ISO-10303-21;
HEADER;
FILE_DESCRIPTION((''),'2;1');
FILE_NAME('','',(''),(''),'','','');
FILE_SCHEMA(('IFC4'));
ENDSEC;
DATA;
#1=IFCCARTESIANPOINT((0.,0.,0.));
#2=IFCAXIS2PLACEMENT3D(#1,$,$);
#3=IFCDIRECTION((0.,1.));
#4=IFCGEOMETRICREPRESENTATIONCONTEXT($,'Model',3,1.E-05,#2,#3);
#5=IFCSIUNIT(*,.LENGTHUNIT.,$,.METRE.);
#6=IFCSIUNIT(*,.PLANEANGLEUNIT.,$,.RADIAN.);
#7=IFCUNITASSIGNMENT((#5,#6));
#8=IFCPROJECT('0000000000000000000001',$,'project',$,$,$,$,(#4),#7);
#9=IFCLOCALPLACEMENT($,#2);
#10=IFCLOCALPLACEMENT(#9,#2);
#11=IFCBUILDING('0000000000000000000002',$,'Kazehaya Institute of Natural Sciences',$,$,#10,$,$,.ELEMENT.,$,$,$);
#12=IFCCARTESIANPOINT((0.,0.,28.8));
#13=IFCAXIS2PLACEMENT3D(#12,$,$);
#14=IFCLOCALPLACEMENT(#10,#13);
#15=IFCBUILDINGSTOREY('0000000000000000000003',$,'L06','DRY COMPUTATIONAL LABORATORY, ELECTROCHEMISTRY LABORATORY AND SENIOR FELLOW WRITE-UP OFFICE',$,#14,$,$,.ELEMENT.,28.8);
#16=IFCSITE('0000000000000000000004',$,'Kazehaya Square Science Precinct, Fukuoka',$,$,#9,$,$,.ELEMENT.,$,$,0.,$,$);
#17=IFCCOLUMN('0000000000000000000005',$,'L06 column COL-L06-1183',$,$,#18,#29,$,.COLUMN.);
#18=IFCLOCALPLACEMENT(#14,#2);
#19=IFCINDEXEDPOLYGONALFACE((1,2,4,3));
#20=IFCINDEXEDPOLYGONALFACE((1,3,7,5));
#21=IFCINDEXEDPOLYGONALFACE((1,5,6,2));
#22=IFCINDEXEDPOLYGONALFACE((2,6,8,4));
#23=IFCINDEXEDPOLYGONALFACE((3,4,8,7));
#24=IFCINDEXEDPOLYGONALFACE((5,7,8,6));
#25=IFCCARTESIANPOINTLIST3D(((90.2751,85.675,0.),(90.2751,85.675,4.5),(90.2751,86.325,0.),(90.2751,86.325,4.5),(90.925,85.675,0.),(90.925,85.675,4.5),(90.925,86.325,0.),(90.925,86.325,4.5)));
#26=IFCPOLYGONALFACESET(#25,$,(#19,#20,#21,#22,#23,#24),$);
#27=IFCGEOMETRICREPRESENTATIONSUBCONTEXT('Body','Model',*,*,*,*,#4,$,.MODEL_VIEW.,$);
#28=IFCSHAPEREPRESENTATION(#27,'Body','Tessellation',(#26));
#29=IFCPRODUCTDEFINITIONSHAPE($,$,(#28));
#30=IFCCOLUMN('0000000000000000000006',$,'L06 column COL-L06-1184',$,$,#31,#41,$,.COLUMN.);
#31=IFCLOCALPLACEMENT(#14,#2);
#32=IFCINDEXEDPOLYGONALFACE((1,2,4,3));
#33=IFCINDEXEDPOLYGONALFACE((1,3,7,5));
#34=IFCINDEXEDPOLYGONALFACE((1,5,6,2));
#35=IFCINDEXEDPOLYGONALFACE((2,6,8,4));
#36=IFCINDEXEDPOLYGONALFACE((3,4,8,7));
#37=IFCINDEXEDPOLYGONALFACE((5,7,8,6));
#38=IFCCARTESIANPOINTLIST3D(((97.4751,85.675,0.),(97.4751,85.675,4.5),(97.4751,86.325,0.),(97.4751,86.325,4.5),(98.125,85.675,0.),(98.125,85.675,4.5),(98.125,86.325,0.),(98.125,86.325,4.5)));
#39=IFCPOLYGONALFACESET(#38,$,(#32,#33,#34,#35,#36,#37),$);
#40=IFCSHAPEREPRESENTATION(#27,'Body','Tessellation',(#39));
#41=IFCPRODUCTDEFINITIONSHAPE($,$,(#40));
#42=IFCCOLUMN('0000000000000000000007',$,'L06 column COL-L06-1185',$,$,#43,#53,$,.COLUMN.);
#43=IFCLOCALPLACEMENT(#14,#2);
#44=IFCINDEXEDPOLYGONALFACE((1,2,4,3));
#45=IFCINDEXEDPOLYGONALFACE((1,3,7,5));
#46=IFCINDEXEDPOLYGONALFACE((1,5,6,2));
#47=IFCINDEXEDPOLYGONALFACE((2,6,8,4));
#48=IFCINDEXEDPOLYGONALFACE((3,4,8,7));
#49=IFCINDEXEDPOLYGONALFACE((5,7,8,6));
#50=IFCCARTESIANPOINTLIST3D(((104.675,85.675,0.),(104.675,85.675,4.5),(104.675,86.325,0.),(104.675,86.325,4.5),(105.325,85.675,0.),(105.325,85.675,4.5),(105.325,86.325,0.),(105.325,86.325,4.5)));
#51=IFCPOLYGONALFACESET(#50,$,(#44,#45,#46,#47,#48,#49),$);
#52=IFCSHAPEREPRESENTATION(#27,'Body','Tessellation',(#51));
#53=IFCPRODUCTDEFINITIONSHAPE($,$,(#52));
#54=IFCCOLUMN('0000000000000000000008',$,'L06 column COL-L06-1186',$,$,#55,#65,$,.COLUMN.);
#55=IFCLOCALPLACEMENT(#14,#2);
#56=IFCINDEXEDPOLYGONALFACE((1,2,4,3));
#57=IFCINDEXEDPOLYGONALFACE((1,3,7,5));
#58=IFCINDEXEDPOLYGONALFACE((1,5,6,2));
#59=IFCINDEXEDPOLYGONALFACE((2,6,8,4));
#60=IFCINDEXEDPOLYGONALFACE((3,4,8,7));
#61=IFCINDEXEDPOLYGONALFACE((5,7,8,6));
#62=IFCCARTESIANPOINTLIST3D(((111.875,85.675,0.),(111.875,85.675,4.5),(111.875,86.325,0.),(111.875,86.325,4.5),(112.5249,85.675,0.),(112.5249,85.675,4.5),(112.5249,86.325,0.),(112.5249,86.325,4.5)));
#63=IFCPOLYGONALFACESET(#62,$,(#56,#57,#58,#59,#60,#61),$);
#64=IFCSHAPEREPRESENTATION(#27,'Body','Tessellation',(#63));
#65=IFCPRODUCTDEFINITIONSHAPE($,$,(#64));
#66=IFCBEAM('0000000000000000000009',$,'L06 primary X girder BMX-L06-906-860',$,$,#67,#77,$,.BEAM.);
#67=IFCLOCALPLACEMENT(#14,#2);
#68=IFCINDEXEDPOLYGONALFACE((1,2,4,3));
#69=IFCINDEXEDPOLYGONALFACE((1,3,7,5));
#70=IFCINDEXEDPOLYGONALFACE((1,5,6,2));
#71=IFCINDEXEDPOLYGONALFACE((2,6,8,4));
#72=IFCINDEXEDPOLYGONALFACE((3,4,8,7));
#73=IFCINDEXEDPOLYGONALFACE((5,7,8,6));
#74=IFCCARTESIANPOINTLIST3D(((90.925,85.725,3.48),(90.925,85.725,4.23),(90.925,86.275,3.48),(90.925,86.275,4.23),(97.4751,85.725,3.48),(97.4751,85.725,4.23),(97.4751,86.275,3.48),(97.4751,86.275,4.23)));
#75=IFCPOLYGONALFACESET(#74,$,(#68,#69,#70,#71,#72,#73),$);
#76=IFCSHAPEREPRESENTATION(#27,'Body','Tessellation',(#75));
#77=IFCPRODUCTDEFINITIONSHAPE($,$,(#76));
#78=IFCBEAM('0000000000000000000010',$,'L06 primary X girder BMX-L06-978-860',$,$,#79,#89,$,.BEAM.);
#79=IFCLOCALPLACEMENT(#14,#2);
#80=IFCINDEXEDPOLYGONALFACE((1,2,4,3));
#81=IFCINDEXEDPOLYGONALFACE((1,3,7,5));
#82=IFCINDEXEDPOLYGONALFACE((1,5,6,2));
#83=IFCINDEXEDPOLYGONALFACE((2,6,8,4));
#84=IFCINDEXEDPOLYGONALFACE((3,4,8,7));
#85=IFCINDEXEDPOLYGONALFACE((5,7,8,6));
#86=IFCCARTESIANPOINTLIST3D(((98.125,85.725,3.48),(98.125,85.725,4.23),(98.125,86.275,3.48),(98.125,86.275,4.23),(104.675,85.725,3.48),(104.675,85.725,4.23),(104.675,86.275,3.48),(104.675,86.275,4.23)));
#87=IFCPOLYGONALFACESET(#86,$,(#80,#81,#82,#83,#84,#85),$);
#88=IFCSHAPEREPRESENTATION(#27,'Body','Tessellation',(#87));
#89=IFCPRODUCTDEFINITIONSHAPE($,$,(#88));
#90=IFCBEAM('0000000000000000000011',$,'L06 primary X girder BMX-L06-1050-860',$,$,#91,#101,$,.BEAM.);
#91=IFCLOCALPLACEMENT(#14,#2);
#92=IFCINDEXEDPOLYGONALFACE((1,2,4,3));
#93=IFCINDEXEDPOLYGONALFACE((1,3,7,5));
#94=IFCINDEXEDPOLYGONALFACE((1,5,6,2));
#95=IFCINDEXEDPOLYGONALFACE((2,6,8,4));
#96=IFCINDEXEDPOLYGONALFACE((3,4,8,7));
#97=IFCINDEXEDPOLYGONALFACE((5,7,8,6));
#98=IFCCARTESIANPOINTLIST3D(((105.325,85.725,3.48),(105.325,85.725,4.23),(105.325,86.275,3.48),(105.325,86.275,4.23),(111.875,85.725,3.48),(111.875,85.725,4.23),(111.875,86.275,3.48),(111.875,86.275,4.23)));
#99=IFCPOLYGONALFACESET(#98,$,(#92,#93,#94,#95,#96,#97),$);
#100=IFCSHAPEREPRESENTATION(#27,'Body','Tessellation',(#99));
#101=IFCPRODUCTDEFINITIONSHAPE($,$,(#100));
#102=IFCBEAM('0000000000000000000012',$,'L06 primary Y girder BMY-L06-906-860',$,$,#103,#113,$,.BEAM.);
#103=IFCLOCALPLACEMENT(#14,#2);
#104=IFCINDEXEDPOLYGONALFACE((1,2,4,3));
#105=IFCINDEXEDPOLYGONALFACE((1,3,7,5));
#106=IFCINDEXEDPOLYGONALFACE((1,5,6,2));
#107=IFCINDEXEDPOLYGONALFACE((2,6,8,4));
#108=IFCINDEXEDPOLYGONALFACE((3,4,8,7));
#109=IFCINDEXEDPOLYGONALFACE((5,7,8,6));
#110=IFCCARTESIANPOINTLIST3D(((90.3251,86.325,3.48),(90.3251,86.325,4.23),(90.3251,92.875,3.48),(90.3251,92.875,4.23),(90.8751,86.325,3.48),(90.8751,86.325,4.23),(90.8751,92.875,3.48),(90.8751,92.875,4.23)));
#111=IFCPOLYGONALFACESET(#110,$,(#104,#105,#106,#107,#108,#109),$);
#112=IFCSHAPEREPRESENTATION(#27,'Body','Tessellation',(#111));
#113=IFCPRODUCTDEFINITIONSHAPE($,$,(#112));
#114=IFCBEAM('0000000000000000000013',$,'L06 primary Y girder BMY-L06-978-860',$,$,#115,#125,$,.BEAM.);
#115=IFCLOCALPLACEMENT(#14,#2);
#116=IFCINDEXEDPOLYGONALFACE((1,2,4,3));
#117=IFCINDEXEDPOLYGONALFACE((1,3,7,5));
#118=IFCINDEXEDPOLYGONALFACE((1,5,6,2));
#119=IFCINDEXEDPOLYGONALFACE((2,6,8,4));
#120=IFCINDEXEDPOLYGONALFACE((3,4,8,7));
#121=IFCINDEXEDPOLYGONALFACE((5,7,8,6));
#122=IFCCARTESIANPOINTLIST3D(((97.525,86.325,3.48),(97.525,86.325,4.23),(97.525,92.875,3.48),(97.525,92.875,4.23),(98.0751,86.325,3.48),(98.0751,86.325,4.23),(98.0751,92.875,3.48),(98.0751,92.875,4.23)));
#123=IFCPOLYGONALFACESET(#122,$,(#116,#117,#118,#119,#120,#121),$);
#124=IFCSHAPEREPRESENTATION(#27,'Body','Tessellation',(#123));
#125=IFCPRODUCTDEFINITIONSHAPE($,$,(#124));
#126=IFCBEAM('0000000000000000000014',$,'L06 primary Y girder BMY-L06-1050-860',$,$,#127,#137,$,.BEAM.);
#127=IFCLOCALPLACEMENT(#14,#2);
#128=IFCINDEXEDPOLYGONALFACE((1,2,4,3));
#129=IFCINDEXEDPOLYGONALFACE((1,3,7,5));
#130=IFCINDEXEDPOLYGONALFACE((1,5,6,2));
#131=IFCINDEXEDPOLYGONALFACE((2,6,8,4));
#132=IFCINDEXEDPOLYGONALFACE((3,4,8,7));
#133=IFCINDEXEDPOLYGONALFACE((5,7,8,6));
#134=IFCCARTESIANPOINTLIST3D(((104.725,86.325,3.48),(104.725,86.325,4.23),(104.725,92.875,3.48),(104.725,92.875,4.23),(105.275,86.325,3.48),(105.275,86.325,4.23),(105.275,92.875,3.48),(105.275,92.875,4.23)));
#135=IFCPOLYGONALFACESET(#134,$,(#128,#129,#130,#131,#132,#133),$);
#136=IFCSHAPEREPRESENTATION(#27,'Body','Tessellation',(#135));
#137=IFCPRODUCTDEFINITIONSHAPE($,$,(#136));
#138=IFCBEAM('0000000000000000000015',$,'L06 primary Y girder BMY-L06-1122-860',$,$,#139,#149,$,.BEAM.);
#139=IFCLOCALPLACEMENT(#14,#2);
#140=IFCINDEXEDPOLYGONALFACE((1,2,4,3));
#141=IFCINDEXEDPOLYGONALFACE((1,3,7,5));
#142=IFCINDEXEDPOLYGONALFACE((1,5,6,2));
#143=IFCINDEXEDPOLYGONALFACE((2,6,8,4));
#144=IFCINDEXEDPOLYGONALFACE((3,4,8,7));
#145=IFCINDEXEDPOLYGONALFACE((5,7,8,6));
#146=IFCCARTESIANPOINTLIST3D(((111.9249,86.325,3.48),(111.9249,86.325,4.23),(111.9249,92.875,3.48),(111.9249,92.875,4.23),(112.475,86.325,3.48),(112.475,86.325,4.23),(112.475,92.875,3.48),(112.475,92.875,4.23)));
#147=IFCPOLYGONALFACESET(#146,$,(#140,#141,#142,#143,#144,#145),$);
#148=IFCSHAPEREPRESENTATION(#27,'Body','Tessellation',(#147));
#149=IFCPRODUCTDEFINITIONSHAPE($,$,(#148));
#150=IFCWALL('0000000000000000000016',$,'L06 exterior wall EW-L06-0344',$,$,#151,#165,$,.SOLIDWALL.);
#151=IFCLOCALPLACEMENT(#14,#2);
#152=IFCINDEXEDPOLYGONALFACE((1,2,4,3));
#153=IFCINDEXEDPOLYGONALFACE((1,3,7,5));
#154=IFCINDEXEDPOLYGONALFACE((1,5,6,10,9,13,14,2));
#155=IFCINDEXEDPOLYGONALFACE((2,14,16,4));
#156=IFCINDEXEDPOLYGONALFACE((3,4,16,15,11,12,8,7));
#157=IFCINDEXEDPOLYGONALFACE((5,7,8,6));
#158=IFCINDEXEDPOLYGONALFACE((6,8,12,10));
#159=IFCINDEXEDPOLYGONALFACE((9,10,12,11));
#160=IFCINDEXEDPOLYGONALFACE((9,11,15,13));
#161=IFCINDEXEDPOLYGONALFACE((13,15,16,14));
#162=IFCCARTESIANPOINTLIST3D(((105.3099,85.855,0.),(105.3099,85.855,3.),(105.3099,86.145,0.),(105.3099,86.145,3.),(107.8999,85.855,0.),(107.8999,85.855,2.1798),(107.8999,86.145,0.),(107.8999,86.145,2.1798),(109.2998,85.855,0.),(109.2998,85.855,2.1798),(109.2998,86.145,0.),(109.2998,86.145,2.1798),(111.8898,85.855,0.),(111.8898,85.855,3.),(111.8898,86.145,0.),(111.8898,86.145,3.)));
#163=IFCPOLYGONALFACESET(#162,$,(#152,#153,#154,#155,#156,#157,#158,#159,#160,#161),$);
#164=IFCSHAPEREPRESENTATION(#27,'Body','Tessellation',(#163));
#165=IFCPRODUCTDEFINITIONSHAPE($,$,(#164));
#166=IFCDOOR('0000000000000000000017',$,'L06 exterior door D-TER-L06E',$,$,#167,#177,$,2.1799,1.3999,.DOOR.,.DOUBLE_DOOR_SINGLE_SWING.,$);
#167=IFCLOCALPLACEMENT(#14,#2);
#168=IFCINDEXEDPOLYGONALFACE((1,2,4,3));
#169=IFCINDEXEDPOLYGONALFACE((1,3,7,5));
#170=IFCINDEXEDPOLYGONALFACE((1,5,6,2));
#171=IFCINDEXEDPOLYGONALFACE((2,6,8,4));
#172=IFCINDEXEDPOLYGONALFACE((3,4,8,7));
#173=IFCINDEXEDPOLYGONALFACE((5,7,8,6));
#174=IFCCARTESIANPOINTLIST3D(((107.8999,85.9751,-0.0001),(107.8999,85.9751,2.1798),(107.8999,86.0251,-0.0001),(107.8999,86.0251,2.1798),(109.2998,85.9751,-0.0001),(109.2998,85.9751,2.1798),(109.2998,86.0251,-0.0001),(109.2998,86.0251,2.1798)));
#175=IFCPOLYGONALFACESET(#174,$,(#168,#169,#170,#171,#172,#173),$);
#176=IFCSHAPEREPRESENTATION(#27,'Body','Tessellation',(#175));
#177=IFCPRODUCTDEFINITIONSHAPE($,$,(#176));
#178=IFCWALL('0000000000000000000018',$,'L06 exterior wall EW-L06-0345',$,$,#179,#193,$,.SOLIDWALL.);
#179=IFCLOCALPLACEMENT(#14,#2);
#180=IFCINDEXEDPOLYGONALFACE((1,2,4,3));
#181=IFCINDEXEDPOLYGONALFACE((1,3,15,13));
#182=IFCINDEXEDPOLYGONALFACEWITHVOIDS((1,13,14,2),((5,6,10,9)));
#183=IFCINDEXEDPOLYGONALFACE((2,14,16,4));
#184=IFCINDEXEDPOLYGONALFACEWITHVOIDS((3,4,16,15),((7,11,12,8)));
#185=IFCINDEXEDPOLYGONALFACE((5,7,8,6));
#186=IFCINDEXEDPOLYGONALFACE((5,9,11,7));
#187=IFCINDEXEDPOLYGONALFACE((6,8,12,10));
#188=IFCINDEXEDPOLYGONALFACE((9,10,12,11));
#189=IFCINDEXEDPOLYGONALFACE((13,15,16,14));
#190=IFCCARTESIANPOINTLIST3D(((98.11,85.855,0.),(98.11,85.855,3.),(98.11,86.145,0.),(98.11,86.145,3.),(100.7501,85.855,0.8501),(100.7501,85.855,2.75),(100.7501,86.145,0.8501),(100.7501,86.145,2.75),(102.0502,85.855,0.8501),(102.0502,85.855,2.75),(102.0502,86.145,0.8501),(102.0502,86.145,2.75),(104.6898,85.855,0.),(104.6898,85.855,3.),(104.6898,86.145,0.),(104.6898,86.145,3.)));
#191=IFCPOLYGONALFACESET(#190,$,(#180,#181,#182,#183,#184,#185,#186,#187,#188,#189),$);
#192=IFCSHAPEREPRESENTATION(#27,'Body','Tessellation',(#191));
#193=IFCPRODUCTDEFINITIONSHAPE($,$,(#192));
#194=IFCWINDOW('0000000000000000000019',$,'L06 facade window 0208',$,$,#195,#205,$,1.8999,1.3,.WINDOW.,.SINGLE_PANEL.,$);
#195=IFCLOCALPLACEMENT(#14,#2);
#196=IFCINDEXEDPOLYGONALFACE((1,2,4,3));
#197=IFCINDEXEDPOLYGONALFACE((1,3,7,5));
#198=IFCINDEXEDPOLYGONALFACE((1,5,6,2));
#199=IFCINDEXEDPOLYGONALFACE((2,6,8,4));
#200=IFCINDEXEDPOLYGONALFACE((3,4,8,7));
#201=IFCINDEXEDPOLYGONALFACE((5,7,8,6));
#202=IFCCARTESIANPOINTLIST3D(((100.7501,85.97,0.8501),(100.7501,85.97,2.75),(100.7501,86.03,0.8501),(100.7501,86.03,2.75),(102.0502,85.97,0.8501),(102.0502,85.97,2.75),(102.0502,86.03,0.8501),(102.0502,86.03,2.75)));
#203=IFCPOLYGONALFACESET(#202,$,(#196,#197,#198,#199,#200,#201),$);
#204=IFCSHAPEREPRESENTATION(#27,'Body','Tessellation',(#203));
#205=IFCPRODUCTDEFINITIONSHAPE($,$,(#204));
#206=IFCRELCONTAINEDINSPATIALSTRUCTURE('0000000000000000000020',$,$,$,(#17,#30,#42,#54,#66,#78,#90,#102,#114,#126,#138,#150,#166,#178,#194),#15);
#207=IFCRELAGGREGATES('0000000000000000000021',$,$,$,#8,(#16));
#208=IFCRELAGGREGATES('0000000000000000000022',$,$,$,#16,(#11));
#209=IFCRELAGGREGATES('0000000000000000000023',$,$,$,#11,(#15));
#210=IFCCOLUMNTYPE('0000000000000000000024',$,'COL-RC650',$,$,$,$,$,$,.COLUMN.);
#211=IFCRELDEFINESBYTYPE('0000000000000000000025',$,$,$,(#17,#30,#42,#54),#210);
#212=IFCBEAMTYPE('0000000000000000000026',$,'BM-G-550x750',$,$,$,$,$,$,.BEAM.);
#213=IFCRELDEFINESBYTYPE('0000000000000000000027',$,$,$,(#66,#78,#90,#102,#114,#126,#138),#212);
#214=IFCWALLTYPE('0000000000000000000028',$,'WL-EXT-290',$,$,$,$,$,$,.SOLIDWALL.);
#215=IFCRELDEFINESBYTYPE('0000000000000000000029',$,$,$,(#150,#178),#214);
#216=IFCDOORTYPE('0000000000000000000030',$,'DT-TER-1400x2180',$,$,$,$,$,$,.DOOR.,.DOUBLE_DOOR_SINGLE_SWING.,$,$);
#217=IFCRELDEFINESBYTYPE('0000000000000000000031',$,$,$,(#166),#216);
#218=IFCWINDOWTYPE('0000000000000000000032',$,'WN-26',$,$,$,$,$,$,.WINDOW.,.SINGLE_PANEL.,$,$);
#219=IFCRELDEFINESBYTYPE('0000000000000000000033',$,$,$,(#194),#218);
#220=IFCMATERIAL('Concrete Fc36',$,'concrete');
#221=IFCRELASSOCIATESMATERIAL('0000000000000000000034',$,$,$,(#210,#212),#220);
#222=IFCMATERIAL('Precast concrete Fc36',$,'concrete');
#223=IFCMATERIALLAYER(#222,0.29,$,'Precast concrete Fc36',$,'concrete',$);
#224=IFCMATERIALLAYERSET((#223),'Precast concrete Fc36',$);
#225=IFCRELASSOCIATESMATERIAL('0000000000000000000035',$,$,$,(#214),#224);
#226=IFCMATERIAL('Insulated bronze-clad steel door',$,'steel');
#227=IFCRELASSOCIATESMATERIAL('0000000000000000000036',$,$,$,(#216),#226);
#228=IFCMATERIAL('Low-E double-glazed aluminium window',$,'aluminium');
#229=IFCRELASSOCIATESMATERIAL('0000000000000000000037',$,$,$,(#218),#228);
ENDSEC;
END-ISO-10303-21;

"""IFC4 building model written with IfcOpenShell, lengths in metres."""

from ifc_helpers import new_model, si_unit, direction, frame, frame_2d, origin, origin_2d, place, context, subcontext, project, spatial, rectangle, extrude, material, layer, layer_set, material_profile, profile_set, type_object, element, fill, save


model = new_model("IFC4")

# Units and contexts
model_context = context("Model", 3, precision=1e-05, world=origin(), true_north=direction((0.0, 1.0)))
body_context = subcontext(model_context, "Body", "Model", "MODEL_VIEW")
ifc_project = project(units=[si_unit("LENGTHUNIT", "METRE"), si_unit("PLANEANGLEUNIT", "RADIAN")], contexts=[model_context])

# Site, building, storey
site_placement = place(None, origin())
site = spatial("IfcSite", under=ifc_project, at=site_placement, Name="Kazehaya Square Science Precinct, Fukuoka", CompositionType="ELEMENT", RefElevation=0.0)
building_placement = place(site_placement, origin())
building = spatial("IfcBuilding", under=site, at=building_placement, Name="Kazehaya Institute of Natural Sciences", CompositionType="ELEMENT")
storey_placement = place(building_placement, frame((0.0, 0.0, 28.8)))
storey = spatial("IfcBuildingStorey", under=building, at=storey_placement, Name="L06", Description="DRY COMPUTATIONAL LABORATORY, ELECTROCHEMISTRY LABORATORY AND SENIOR FELLOW WRITE-UP OFFICE", CompositionType="ELEMENT", Elevation=28.8)

# Columns
ifc_material_1 = material(Name="Concrete Fc36", Category="concrete")
ifc_material_profile_1 = material_profile(ifc_material_1, rectangle(XDim=0.6499, YDim=0.6499, at=origin_2d()), Name="RC-650x650")
ifc_profile_set_1 = profile_set([ifc_material_profile_1], Name="Concrete Fc36")
column_type = type_object("IfcColumnType", Name="COL-RC650", PredefinedType="COLUMN", material=ifc_profile_set_1)
for number, where, z_axis, x_axis, name in (
    (1, (90.6001, 86.0, 0.0), (0.0, 0.0, 1.0), (1.0, 0.0, 0.0), "L06 column COL-L06-1183"),
    (2, (97.8, 86.0, 0.0), (0.0, 0.0, 1.0), (1.0, 0.0, 0.0), "L06 column COL-L06-1184"),
    (3, (105.0, 86.0, 0.0), (0.0, 0.0, 1.0), (1.0, 0.0, 0.0), "L06 column COL-L06-1185"),
    (4, (112.2, 86.0, 0.0), (0.0, 0.0, 1.0), (1.0, 0.0, 0.0), "L06 column COL-L06-1186"),
):
    element("IfcColumn", number, at=place(storey_placement, frame(where, z_axis=z_axis, x_axis=x_axis)), inside=storey, type_object=column_type, Name=name, PredefinedType="COLUMN", context=body_context, shape_type="SweptSolid", body=[
        extrude(rectangle(XDim=0.6499, YDim=0.6499, at=origin_2d()), origin(), (0.0, 0.0, 1.0), 4.5),
    ])

# Beams
ifc_material_profile_2 = material_profile(ifc_material_1, rectangle(XDim=0.55, YDim=0.75, at=origin_2d()), Name="RC-550x750")
ifc_profile_set_2 = profile_set([ifc_material_profile_2], Name="Concrete Fc36")
beam_type = type_object("IfcBeamType", Name="BM-G-550x750", PredefinedType="BEAM", material=ifc_profile_set_2)
for number, where, z_axis, x_axis, name in (
    (5, (90.925, 86.0, 3.855), (1.0, 0.0, 0.0), (0.0, 1.0, 0.0), "L06 primary X girder BMX-L06-906-860"),
    (6, (98.125, 86.0, 3.855), (1.0, 0.0, 0.0), (0.0, 1.0, 0.0), "L06 primary X girder BMX-L06-978-860"),
    (7, (105.325, 86.0, 3.855), (1.0, 0.0, 0.0), (0.0, 1.0, 0.0), "L06 primary X girder BMX-L06-1050-860"),
    (8, (90.6001, 86.325, 3.855), (0.0, 1.0, 0.0), (-1.0, 0.0, 0.0), "L06 primary Y girder BMY-L06-906-860"),
    (9, (97.8, 86.325, 3.855), (0.0, 1.0, 0.0), (-1.0, 0.0, 0.0), "L06 primary Y girder BMY-L06-978-860"),
    (10, (105.0, 86.325, 3.855), (0.0, 1.0, 0.0), (-1.0, 0.0, 0.0), "L06 primary Y girder BMY-L06-1050-860"),
    (11, (112.2, 86.325, 3.855), (0.0, 1.0, 0.0), (-1.0, 0.0, 0.0), "L06 primary Y girder BMY-L06-1122-860"),
):
    element("IfcBeam", number, at=place(storey_placement, frame(where, z_axis=z_axis, x_axis=x_axis)), inside=storey, type_object=beam_type, Name=name, PredefinedType="BEAM", context=body_context, shape_type="SweptSolid", body=[
        extrude(rectangle(XDim=0.55, YDim=0.75, at=origin_2d()), origin(), (0.0, 0.0, 1.0), 6.55),
    ])

# Wall, opening, door
ifc_material_2 = material(Name="Precast concrete Fc36", Category="concrete")
ifc_layer_1 = layer(ifc_material_2, 0.29, Name="Precast concrete Fc36", Category="concrete")
ifc_layer_set_1 = layer_set([ifc_layer_1], Name="Precast concrete Fc36")
wall_type_1 = type_object("IfcWallType", Name="WL-EXT-290", PredefinedType="SOLIDWALL", material=ifc_layer_set_1)
wall_1_placement = place(storey_placement, frame((111.8899, 86.0, 0.0), z_axis=(0.0, 0.0, 1.0), x_axis=(-1.0, 0.0, 0.0)))
wall_1 = element("IfcWall", 12, at=wall_1_placement, inside=storey, type_object=wall_type_1, Name="L06 exterior wall EW-L06-0344", PredefinedType="SOLIDWALL", context=body_context, shape_type="SweptSolid", body=[
    extrude(rectangle(XDim=6.5798, YDim=0.29, at=frame_2d((3.29, 0.0))), origin(), (0.0, 0.0, 1.0), 3.0),
])
opening_1_placement = place(wall_1_placement, frame((2.5901, 0.0, 0.0)))
opening_1 = element("IfcOpeningElement", 13, at=opening_1_placement, cuts=wall_1, PredefinedType="OPENING", context=body_context, shape_type="SweptSolid", body=[
    extrude(rectangle(XDim=1.3999, YDim=2.1799, at=frame_2d((0.7, 1.0898))), frame((0.0, 0.155, 0.0), z_axis=(0.0, -1.0, 0.0), x_axis=(1.0, 0.0, 0.0)), (0.0, 0.0, 1.0), 0.3101),
])
ifc_material_3 = material(Name="Insulated bronze-clad steel door", Category="steel")
door_type = type_object("IfcDoorType", Name="DT-TER-1400x2180", OperationType="DOUBLE_DOOR_SINGLE_SWING", PredefinedType="DOOR", material=ifc_material_3)
door_placement = place(opening_1_placement, origin())
door = element("IfcDoor", 14, at=door_placement, inside=storey, type_object=door_type, Name="L06 exterior door D-TER-L06E", OperationType="DOUBLE_DOOR_SINGLE_SWING", OverallHeight=2.1799, OverallWidth=1.3999, PredefinedType="DOOR", context=body_context, shape_type="SweptSolid", body=[
    extrude(rectangle(XDim=1.3999, YDim=2.1799, at=frame_2d((0.7, 1.0898))), frame((0.0, 0.0249, 0.0), z_axis=(0.0, -1.0, 0.0), x_axis=(1.0, 0.0, 0.0)), (0.0, 0.0, 1.0), 0.05),
])
fill(opening_1, door)

# Wall, opening, window
wall_2_placement = place(storey_placement, frame((104.6899, 86.0, 0.0), z_axis=(0.0, 0.0, 1.0), x_axis=(-1.0, 0.0, 0.0)))
wall_2 = element("IfcWall", 15, at=wall_2_placement, inside=storey, type_object=wall_type_1, Name="L06 exterior wall EW-L06-0345", PredefinedType="SOLIDWALL", context=body_context, shape_type="SweptSolid", body=[
    extrude(rectangle(XDim=6.5798, YDim=0.29, at=frame_2d((3.29, 0.0))), origin(), (0.0, 0.0, 1.0), 3.0),
])
opening_2_placement = place(wall_2_placement, frame((2.6399, 0.0, 0.8501)))
opening_2 = element("IfcOpeningElement", 16, at=opening_2_placement, cuts=wall_2, PredefinedType="OPENING", context=body_context, shape_type="SweptSolid", body=[
    extrude(rectangle(XDim=1.3, YDim=1.8999, at=frame_2d((0.6499, 0.95))), frame((0.0, 0.155, 0.0), z_axis=(0.0, -1.0, 0.0), x_axis=(1.0, 0.0, 0.0)), (0.0, 0.0, 1.0), 0.3101),
])
ifc_material_4 = material(Name="Low-E double-glazed aluminium window", Category="aluminium")
window_type = type_object("IfcWindowType", Name="WN-26", PartitioningType="SINGLE_PANEL", PredefinedType="WINDOW", material=ifc_material_4)
window_1_placement = place(opening_2_placement, origin())
window_1 = element("IfcWindow", 17, at=window_1_placement, inside=storey, type_object=window_type, Name="L06 facade window 0208", OverallHeight=1.8999, OverallWidth=1.3, PartitioningType="SINGLE_PANEL", PredefinedType="WINDOW", context=body_context, shape_type="SweptSolid", body=[
    extrude(rectangle(XDim=1.3, YDim=1.8999, at=frame_2d((0.6499, 0.95))), frame((0.0, 0.03, 0.0), z_axis=(0.0, -1.0, 0.0), x_axis=(1.0, 0.0, 0.0)), (0.0, 0.0, 1.0), 0.0601),
])
fill(opening_2, window_1)

save(model, "model.ifc")
